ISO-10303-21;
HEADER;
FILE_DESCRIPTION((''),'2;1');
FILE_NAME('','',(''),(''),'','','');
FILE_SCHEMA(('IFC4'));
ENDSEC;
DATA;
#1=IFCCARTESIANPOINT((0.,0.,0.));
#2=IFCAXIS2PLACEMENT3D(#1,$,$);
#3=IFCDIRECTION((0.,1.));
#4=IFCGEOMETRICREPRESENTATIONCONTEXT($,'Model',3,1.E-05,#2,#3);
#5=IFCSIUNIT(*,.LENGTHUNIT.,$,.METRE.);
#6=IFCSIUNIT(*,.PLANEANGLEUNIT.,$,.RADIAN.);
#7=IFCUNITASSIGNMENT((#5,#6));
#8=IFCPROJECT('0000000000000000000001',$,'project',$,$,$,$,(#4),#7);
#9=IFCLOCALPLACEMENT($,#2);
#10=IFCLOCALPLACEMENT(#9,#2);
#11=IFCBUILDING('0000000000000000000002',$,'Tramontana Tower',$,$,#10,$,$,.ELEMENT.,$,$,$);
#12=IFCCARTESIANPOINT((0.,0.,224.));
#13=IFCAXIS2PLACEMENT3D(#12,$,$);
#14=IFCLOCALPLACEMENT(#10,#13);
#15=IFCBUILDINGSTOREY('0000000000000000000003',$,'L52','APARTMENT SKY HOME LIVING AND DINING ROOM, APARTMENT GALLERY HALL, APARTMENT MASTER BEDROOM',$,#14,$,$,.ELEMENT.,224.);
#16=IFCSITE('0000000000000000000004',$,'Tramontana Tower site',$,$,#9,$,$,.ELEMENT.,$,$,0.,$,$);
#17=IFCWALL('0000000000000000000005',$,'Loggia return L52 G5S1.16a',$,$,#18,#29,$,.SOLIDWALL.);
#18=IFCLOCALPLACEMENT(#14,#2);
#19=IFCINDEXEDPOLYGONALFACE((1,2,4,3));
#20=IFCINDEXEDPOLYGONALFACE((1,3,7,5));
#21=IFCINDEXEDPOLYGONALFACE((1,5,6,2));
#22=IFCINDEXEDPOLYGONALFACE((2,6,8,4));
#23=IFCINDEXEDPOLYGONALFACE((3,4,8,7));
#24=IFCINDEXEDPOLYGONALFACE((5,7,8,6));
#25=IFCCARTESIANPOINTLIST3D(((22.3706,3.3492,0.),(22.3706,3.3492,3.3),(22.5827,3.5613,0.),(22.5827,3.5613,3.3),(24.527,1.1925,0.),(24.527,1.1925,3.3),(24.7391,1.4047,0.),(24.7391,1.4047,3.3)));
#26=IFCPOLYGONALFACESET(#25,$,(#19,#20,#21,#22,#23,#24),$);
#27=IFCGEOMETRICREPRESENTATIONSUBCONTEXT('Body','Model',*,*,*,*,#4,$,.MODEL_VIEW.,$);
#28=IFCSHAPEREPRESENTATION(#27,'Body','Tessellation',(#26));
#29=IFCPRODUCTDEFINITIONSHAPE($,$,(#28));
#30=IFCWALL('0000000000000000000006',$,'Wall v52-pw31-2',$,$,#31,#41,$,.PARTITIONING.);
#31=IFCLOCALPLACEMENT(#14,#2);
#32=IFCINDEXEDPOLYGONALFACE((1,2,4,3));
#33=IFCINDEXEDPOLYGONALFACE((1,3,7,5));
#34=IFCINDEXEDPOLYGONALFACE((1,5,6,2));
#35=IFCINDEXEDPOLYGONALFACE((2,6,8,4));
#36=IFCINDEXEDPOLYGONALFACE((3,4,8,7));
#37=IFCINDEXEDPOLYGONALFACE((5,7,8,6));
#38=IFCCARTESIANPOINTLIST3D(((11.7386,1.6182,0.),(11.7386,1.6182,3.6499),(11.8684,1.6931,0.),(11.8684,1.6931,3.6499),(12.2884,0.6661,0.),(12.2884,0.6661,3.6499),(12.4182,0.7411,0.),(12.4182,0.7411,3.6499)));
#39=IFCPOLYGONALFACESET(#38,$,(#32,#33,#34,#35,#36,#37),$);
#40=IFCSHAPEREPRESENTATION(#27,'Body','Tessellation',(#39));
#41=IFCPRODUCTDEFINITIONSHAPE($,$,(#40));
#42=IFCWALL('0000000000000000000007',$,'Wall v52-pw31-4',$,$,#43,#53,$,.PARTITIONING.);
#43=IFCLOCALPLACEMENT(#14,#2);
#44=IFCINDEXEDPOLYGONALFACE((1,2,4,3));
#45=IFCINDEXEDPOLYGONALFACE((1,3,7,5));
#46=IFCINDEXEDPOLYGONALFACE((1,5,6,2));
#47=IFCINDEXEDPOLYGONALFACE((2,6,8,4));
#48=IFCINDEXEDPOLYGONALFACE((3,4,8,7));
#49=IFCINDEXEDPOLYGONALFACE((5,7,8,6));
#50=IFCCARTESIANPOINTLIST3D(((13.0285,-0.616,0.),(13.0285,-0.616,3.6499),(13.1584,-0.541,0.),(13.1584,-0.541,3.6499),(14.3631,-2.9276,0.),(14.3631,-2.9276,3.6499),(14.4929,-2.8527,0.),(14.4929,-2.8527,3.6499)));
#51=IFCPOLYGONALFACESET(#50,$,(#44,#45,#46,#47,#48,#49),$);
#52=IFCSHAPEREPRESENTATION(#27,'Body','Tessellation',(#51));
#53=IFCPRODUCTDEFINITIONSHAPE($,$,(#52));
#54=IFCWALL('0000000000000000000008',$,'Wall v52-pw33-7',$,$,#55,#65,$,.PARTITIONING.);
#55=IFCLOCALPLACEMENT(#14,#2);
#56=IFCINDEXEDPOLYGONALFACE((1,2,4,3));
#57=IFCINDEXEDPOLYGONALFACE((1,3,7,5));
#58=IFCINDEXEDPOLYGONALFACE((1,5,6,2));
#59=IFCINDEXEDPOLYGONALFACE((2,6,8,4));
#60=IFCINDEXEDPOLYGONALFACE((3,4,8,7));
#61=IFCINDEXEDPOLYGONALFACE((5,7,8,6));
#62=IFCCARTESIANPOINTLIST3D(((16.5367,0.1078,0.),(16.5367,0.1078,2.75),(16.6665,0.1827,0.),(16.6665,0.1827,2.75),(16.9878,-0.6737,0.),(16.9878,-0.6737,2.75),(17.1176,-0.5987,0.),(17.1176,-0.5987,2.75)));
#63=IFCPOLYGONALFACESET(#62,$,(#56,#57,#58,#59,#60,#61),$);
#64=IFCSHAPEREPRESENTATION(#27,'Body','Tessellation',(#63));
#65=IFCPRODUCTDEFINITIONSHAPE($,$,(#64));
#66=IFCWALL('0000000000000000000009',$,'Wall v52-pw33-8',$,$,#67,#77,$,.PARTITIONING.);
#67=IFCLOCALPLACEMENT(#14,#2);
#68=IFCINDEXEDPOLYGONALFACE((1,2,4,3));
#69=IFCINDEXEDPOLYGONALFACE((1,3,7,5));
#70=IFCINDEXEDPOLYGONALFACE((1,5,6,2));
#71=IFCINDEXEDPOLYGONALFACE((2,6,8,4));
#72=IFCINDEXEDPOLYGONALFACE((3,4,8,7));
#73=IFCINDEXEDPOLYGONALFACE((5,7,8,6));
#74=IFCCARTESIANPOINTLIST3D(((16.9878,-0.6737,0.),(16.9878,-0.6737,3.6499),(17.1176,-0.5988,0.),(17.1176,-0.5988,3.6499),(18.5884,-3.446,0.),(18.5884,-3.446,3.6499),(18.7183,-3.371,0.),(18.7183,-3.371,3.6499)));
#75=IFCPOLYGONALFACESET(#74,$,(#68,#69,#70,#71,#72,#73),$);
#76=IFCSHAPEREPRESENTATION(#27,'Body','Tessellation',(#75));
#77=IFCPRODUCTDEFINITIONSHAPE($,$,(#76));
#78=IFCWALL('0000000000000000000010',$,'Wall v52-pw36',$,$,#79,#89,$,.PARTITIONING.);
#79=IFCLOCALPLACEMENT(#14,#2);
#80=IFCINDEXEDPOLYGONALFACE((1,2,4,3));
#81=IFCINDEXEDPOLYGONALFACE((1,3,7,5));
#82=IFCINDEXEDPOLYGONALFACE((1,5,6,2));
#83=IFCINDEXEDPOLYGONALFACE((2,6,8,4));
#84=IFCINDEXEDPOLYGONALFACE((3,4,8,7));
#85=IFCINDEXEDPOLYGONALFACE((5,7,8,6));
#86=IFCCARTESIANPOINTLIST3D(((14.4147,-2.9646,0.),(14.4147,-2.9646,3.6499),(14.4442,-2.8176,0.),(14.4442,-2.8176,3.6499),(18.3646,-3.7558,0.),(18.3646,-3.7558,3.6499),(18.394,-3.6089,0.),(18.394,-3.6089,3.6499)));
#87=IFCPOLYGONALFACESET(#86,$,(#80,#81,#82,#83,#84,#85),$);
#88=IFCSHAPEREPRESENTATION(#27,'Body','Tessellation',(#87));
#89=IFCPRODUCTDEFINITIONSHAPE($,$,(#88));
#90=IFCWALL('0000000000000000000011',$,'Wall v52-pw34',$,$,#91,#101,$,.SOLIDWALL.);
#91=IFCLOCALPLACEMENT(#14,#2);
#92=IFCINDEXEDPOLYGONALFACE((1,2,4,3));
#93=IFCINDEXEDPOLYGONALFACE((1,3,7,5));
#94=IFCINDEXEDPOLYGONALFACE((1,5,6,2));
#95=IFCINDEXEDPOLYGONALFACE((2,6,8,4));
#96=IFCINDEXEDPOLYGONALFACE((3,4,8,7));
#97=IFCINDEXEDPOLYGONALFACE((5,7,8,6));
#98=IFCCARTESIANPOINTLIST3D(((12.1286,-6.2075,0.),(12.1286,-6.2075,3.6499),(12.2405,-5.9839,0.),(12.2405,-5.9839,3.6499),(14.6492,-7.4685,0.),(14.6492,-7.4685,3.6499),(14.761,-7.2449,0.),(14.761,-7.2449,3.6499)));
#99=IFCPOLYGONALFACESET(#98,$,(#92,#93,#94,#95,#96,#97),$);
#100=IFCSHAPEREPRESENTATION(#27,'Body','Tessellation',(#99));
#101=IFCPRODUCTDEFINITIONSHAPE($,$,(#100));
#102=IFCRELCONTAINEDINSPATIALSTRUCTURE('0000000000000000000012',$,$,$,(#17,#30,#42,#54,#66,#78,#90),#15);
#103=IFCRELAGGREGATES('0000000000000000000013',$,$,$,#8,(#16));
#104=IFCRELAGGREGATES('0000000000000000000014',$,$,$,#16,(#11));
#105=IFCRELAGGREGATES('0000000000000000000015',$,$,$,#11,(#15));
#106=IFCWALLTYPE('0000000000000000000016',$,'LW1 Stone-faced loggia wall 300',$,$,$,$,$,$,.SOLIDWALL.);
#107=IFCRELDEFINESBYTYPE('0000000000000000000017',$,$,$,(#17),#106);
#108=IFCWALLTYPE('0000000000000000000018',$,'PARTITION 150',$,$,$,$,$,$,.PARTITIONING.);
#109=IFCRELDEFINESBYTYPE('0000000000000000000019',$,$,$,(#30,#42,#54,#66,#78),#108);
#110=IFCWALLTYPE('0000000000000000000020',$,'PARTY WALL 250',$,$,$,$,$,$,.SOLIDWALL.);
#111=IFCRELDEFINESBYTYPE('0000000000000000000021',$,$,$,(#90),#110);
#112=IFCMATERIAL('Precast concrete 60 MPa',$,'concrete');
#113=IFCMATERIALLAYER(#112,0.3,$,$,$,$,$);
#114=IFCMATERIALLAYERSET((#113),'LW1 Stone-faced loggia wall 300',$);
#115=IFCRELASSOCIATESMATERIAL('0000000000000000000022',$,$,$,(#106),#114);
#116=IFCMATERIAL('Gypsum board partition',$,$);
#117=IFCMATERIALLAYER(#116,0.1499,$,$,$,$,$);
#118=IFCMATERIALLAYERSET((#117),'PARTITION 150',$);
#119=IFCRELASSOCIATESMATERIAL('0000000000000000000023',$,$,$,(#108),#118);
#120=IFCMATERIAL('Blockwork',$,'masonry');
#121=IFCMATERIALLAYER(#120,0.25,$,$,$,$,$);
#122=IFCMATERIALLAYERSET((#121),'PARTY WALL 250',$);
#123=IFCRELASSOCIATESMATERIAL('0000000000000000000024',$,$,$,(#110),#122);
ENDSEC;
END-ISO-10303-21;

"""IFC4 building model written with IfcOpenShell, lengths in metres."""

from ifc_helpers import new_model, si_unit, direction, frame, frame_2d, origin, place, context, subcontext, project, spatial, rectangle, extrude, material, layer, layer_set, type_object, element, save


model = new_model("IFC4")

# Units and contexts
model_context = context("Model", 3, precision=1e-05, world=origin(), true_north=direction((0.0, 1.0)))
body_context = subcontext(model_context, "Body", "Model", "MODEL_VIEW")
ifc_project = project(units=[si_unit("LENGTHUNIT", "METRE"), si_unit("PLANEANGLEUNIT", "RADIAN")], contexts=[model_context])

# Site, building, storey
site_placement = place(None, origin())
site = spatial("IfcSite", under=ifc_project, at=site_placement, Name="Tramontana Tower site", CompositionType="ELEMENT", RefElevation=0.0)
building_placement = place(site_placement, origin())
building = spatial("IfcBuilding", under=site, at=building_placement, Name="Tramontana Tower", CompositionType="ELEMENT")
storey_placement = place(building_placement, frame((0.0, 0.0, 224.0)))
storey = spatial("IfcBuildingStorey", under=building, at=storey_placement, Name="L52", Description="APARTMENT SKY HOME LIVING AND DINING ROOM, APARTMENT GALLERY HALL, APARTMENT MASTER BEDROOM", CompositionType="ELEMENT", Elevation=224.0)

# Walls
ifc_material_1 = material(Name="Precast concrete 60 MPa", Category="concrete")
ifc_layer_1 = layer(ifc_material_1, 0.3)
ifc_layer_set_1 = layer_set([ifc_layer_1], Name="LW1 Stone-faced loggia wall 300")
wall_type_1 = type_object("IfcWallType", Name="LW1 Stone-faced loggia wall 300", PredefinedType="SOLIDWALL", material=ifc_layer_set_1)
wall_1_placement = place(storey_placement, frame((24.6331, 1.2986, 0.0), z_axis=(0.0, 0.0, 1.0), x_axis=(-0.707067, 0.707147, 0.0)))
element("IfcWall", 1, at=wall_1_placement, inside=storey, type_object=wall_type_1, Name="Loggia return L52 G5S1.16a", PredefinedType="SOLIDWALL", context=body_context, shape_type="SweptSolid", body=[
    extrude(rectangle(XDim=3.0498, YDim=0.3, at=frame_2d((1.5249, 0.0))), origin(), (0.0, 0.0, 1.0), 3.3),
])
ifc_material_2 = material(Name="Gypsum board partition")
ifc_layer_2 = layer(ifc_material_2, 0.1499)
ifc_layer_set_2 = layer_set([ifc_layer_2], Name="PARTITION 150")
wall_type_2 = type_object("IfcWallType", Name="PARTITION 150", PredefinedType="PARTITIONING", material=ifc_layer_set_2)
wall_2_placement = place(storey_placement, frame((11.8035, 1.6558, 0.0), z_axis=(0.0, 0.0, 1.0), x_axis=(0.500056, -0.865993, 0.0)))
element("IfcWall", 2, at=wall_2_placement, inside=storey, type_object=wall_type_2, Name="Wall v52-pw31-2", PredefinedType="PARTITIONING", context=body_context, shape_type="SweptSolid", body=[
    extrude(rectangle(XDim=1.0994, YDim=0.1499, at=frame_2d((0.5498, 0.0))), origin(), (0.0, 0.0, 1.0), 3.6499),
])

# Walls
wall_3_placement = place(storey_placement, frame((13.0935, -0.5786, 0.0), z_axis=(0.0, 0.0, 1.0), x_axis=(0.499976, -0.866039, 0.0)))
element("IfcWall", 3, at=wall_3_placement, inside=storey, type_object=wall_type_2, Name="Wall v52-pw31-4", PredefinedType="PARTITIONING", context=body_context, shape_type="SweptSolid", body=[
    extrude(rectangle(XDim=2.6692, YDim=0.1499, at=frame_2d((1.3345, 0.0))), origin(), (0.0, 0.0, 1.0), 3.6499),
])
wall_4_placement = place(storey_placement, frame((16.6016, 0.1453, 0.0), z_axis=(0.0, 0.0, 1.0), x_axis=(0.49998, -0.866037, 0.0)))
element("IfcWall", 4, at=wall_4_placement, inside=storey, type_object=wall_type_2, Name="Wall v52-pw33-7", PredefinedType="PARTITIONING", context=body_context, shape_type="SweptSolid", body=[
    extrude(rectangle(XDim=0.9023, YDim=0.1499, at=frame_2d((0.4512, 0.0))), origin(), (0.0, 0.0, 1.0), 2.75),
])
wall_5_placement = place(storey_placement, frame((17.0527, -0.6362, 0.0), z_axis=(0.0, 0.0, 1.0), x_axis=(0.500011, -0.866019, 0.0)))
element("IfcWall", 5, at=wall_5_placement, inside=storey, type_object=wall_type_2, Name="Wall v52-pw33-8", PredefinedType="PARTITIONING", context=body_context, shape_type="SweptSolid", body=[
    extrude(rectangle(XDim=3.2012, YDim=0.1499, at=frame_2d((1.6006, 0.0))), origin(), (0.0, 0.0, 1.0), 3.6499),
])
wall_6_placement = place(storey_placement, frame((14.4294, -2.8911, 0.0), z_axis=(0.0, 0.0, 1.0), x_axis=(0.98052, -0.196419, 0.0)))
element("IfcWall", 6, at=wall_6_placement, inside=storey, type_object=wall_type_2, Name="Wall v52-pw36", PredefinedType="PARTITIONING", context=body_context, shape_type="SweptSolid", body=[
    extrude(rectangle(XDim=4.0283, YDim=0.1499, at=frame_2d((2.0142, 0.0))), origin(), (0.0, 0.0, 1.0), 3.6499),
])
ifc_material_3 = material(Name="Blockwork", Category="masonry")
ifc_layer_3 = layer(ifc_material_3, 0.25)
ifc_layer_set_3 = layer_set([ifc_layer_3], Name="PARTY WALL 250")
wall_type_3 = type_object("IfcWallType", Name="PARTY WALL 250", PredefinedType="SOLIDWALL", material=ifc_layer_set_3)
wall_7_placement = place(storey_placement, frame((12.1846, -6.0957, 0.0), z_axis=(0.0, 0.0, 1.0), x_axis=(0.894323, -0.447421, 0.0)))
element("IfcWall", 7, at=wall_7_placement, inside=storey, type_object=wall_type_3, Name="Wall v52-pw34", PredefinedType="SOLIDWALL", context=body_context, shape_type="SweptSolid", body=[
    extrude(rectangle(XDim=2.8184, YDim=0.25, at=frame_2d((1.4092, 0.0))), origin(), (0.0, 0.0, 1.0), 3.6499),
])

save(model, "model.ifc")
